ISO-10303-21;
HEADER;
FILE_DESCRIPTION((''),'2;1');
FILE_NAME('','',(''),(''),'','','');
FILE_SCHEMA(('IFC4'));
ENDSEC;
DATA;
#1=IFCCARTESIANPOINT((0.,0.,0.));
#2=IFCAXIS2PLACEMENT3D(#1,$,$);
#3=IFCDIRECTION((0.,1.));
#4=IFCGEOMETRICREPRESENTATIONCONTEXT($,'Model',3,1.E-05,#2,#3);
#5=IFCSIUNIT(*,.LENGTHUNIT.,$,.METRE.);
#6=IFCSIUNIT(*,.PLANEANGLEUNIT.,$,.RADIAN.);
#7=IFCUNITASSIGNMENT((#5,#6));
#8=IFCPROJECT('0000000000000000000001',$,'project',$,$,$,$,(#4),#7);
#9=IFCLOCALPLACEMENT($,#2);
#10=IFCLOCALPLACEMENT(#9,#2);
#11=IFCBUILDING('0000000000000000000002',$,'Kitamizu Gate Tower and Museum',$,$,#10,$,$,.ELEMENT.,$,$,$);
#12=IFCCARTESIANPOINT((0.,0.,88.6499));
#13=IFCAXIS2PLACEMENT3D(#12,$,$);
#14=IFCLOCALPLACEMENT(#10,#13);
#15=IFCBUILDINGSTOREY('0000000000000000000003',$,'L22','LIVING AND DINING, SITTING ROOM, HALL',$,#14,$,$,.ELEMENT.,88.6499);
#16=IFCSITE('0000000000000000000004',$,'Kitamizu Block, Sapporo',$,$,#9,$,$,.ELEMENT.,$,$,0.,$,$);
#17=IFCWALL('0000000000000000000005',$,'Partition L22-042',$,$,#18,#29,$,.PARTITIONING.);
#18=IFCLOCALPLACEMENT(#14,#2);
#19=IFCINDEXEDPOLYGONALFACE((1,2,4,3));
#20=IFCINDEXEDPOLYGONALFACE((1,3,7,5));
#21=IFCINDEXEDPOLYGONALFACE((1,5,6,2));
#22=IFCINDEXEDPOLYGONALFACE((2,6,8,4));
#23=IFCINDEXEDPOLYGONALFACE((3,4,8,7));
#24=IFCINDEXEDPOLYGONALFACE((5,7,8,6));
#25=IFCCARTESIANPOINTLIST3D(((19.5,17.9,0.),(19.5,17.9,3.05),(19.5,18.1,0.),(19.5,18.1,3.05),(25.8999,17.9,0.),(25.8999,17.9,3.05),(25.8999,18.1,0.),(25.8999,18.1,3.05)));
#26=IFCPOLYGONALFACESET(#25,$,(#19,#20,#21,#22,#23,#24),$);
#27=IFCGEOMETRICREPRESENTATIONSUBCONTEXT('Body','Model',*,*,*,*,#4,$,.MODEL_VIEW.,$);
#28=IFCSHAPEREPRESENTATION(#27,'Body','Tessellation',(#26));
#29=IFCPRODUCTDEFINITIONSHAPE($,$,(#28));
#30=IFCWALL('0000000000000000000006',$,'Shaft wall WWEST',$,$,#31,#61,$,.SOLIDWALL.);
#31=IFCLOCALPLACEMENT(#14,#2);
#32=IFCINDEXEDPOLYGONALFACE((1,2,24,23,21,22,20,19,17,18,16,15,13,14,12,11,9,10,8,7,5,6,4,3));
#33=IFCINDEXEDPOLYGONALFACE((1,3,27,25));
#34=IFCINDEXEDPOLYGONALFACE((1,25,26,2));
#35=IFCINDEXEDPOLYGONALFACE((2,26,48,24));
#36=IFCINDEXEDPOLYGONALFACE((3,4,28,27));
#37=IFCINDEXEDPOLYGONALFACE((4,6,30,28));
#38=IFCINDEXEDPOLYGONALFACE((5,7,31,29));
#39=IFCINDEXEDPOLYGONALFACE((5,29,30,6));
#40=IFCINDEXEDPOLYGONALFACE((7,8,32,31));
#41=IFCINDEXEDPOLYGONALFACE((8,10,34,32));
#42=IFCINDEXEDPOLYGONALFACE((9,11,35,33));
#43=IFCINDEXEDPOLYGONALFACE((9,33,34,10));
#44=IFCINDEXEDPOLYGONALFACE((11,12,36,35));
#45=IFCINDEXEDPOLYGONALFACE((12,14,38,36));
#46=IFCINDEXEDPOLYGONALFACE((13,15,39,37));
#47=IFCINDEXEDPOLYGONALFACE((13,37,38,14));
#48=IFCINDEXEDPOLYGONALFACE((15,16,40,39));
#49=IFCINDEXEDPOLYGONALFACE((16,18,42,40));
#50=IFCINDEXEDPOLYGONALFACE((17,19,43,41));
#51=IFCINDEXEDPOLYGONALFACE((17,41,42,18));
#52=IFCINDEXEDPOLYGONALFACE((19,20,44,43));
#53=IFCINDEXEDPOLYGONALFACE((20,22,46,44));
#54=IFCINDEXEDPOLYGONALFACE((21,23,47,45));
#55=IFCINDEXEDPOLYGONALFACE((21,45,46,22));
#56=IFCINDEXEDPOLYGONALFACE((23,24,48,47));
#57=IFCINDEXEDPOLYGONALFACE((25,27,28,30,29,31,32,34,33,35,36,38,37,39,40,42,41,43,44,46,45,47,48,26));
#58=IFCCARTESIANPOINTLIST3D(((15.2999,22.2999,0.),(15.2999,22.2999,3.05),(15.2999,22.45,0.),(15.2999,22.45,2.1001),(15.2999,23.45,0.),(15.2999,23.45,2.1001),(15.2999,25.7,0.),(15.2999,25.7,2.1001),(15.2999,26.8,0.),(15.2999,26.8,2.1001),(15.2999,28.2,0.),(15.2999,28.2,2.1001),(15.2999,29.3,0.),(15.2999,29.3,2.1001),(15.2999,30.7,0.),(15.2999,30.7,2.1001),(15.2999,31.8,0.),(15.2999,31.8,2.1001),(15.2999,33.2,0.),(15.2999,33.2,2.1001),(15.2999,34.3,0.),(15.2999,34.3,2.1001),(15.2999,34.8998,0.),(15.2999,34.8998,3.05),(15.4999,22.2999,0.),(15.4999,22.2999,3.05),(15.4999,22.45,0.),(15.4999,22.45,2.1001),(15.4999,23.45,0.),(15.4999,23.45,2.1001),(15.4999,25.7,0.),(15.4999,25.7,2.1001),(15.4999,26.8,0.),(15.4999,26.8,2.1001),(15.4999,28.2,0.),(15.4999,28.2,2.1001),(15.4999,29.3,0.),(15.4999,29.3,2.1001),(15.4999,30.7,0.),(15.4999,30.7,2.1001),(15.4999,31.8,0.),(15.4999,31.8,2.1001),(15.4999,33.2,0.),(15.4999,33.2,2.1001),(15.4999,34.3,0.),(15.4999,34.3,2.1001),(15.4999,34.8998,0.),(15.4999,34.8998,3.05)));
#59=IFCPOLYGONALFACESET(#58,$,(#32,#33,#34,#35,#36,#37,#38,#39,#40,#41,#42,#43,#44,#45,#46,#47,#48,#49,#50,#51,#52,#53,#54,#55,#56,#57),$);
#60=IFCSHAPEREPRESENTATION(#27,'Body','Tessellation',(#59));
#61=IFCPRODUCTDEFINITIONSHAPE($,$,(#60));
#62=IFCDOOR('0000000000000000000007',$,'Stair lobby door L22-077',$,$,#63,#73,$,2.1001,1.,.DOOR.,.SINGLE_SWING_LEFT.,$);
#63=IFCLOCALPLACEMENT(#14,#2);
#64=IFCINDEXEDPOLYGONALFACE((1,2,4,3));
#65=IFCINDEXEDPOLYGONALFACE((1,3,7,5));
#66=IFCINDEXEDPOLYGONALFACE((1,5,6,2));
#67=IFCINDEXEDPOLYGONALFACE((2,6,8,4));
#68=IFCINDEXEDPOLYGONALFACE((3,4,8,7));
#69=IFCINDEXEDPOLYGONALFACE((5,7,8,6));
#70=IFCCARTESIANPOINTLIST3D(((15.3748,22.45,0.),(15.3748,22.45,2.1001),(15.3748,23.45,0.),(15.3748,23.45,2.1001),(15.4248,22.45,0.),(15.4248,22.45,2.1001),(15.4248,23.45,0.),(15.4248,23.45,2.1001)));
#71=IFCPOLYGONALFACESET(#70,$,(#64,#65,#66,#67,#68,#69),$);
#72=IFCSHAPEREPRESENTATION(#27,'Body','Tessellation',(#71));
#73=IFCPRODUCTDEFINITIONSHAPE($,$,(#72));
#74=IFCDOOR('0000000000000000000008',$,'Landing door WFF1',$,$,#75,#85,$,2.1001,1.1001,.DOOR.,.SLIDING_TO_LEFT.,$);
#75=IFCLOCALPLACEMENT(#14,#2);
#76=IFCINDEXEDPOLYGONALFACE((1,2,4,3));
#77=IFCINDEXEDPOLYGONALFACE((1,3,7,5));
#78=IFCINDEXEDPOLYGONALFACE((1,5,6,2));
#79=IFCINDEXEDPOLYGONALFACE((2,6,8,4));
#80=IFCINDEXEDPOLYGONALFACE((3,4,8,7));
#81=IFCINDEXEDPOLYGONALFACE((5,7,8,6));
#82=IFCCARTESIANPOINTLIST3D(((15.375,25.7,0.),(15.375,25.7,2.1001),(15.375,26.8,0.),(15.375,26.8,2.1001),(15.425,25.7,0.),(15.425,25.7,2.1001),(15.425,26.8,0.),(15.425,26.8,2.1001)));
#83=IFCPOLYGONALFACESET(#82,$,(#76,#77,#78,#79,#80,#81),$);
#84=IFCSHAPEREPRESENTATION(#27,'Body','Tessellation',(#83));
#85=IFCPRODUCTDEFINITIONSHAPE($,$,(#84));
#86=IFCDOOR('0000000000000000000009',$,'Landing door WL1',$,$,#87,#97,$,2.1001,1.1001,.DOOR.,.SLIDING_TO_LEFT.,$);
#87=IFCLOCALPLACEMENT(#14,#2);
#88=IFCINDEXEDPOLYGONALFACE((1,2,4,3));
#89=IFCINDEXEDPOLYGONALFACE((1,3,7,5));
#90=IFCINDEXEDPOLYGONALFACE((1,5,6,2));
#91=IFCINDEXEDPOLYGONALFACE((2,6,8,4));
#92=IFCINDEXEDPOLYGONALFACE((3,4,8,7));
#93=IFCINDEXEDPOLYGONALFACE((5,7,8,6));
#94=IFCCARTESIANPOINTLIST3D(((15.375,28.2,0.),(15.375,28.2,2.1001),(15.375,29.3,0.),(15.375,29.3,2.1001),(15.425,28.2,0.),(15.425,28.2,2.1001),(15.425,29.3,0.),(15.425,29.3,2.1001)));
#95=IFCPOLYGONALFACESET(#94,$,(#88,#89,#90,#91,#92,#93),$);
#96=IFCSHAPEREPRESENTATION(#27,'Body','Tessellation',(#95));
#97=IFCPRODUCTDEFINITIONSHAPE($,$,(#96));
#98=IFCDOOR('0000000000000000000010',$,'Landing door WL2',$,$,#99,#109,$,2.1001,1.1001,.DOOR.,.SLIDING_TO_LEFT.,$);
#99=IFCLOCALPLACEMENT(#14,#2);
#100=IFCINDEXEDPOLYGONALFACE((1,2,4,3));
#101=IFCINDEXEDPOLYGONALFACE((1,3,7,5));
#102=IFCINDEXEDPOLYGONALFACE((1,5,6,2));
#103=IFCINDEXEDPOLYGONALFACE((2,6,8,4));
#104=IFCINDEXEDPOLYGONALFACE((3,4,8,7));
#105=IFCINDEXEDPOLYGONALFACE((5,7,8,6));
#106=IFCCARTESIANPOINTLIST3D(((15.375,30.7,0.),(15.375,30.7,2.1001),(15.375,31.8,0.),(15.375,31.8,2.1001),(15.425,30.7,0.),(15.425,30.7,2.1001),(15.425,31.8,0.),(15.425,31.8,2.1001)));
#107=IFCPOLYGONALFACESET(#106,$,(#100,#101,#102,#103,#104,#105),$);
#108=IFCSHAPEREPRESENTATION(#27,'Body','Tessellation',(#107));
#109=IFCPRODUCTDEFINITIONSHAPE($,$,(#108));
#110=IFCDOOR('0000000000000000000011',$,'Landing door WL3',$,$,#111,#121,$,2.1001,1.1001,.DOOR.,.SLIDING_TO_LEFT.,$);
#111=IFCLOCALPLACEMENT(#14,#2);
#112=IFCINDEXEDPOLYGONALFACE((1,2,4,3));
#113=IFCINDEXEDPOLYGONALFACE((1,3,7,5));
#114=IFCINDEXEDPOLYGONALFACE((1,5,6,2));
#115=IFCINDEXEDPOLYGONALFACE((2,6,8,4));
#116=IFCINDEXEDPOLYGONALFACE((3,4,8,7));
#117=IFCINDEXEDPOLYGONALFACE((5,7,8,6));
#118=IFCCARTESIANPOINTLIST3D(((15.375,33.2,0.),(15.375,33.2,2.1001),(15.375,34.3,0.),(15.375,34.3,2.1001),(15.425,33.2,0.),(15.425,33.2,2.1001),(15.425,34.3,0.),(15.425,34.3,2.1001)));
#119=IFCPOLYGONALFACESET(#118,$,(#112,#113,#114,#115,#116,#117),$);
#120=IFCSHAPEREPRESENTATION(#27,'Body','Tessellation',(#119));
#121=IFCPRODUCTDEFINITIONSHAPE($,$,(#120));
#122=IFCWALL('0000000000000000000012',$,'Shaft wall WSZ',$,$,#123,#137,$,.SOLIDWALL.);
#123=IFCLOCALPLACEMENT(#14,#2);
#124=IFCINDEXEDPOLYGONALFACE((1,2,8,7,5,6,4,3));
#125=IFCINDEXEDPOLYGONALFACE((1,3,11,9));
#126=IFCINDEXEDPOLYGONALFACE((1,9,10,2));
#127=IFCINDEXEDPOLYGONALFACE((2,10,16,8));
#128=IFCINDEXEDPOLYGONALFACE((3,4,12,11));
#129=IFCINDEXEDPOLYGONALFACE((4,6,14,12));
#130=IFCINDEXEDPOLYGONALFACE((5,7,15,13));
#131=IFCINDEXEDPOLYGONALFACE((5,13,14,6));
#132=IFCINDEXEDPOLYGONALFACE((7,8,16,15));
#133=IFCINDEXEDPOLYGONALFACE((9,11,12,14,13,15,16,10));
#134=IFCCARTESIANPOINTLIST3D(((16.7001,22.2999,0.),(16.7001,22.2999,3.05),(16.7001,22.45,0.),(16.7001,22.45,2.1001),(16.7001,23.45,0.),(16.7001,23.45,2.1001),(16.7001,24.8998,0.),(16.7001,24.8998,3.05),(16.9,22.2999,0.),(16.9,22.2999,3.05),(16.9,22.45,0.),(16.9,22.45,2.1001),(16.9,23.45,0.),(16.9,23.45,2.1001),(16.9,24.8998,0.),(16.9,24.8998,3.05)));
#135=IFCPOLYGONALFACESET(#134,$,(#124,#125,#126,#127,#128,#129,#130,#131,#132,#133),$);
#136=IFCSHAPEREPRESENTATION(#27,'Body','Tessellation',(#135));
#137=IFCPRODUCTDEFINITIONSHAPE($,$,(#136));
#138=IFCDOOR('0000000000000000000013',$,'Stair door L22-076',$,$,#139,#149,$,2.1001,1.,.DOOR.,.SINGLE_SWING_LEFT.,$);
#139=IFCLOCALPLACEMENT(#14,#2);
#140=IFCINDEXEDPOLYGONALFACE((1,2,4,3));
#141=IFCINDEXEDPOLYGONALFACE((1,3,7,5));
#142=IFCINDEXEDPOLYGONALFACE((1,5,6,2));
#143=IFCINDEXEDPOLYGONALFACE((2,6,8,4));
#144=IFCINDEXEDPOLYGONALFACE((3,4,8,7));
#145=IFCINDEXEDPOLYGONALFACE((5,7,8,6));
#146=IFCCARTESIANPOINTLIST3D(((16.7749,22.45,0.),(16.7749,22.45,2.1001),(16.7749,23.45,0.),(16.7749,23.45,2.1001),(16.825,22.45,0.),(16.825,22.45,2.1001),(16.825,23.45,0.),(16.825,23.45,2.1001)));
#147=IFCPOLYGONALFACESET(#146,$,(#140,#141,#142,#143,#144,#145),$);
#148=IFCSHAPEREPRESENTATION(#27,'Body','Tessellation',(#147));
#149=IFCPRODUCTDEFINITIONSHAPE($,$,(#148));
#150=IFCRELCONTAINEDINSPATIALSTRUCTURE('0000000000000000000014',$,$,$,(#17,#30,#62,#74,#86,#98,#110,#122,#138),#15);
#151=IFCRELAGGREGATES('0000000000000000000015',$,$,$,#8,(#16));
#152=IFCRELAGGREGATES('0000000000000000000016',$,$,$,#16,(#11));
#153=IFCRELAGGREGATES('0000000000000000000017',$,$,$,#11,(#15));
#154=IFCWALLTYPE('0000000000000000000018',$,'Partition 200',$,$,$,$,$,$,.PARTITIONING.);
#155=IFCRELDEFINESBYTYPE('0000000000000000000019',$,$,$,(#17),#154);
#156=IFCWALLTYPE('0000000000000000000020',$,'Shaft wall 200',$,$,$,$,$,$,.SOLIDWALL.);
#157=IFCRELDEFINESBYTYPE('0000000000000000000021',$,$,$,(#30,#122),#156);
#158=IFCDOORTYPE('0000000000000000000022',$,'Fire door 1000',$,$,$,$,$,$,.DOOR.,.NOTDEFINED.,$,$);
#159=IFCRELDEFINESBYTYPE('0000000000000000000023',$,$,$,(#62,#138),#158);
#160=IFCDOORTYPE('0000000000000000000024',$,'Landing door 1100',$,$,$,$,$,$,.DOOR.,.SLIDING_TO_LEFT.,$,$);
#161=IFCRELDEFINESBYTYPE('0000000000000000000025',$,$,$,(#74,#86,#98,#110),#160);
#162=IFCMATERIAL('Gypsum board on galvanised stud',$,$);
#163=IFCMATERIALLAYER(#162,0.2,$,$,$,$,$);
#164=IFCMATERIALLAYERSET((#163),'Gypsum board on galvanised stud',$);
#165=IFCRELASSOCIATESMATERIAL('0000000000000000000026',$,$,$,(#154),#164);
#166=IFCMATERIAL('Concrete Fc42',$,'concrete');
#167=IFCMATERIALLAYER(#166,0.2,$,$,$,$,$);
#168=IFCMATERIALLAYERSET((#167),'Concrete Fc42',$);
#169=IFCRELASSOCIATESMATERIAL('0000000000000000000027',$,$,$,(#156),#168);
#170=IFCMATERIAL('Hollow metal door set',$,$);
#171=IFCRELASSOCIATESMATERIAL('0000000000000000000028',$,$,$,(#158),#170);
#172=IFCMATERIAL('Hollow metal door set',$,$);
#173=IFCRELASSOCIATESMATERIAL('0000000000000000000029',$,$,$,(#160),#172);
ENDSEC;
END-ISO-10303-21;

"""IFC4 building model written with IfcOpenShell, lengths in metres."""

from ifc_helpers import new_model, si_unit, direction, frame, frame_2d, origin, place, context, subcontext, project, spatial, rectangle, extrude, material, layer, layer_set, type_object, element, fill, save


model = new_model("IFC4")

# Units and contexts
model_context = context("Model", 3, precision=1e-05, world=origin(), true_north=direction((0.0, 1.0)))
body_context = subcontext(model_context, "Body", "Model", "MODEL_VIEW")
ifc_project = project(units=[si_unit("LENGTHUNIT", "METRE"), si_unit("PLANEANGLEUNIT", "RADIAN")], contexts=[model_context])

# Site, building, storey
site_placement = place(None, origin())
site = spatial("IfcSite", under=ifc_project, at=site_placement, Name="Kitamizu Block, Sapporo", CompositionType="ELEMENT", RefElevation=0.0)
building_placement = place(site_placement, origin())
building = spatial("IfcBuilding", under=site, at=building_placement, Name="Kitamizu Gate Tower and Museum", CompositionType="ELEMENT")
storey_placement = place(building_placement, frame((0.0, 0.0, 88.6499)))
storey = spatial("IfcBuildingStorey", under=building, at=storey_placement, Name="L22", Description="LIVING AND DINING, SITTING ROOM, HALL", CompositionType="ELEMENT", Elevation=88.6499)

# Shared definitions
ifc_material_1 = material(Name="Gypsum board on galvanised stud")
ifc_layer_1 = layer(ifc_material_1, 0.2)
ifc_layer_set_1 = layer_set([ifc_layer_1], Name="Gypsum board on galvanised stud")
wall_type_1 = type_object("IfcWallType", Name="Partition 200", PredefinedType="PARTITIONING", material=ifc_layer_set_1)

# Wall
wall_1_placement = place(storey_placement, frame((25.8999, 18.0, 0.0), z_axis=(0.0, 0.0, 1.0), x_axis=(-1.0, 0.0, 0.0)))
element("IfcWall", 1, at=wall_1_placement, inside=storey, type_object=wall_type_1, Name="Partition L22-042", PredefinedType="PARTITIONING", context=body_context, shape_type="SweptSolid", body=[
    extrude(rectangle(XDim=6.3999, YDim=0.2, at=frame_2d((3.2, 0.0))), origin(), (0.0, 0.0, 1.0), 3.05),
])

# Wall, openings, doors
ifc_material_2 = material(Name="Concrete Fc42", Category="concrete")
ifc_layer_2 = layer(ifc_material_2, 0.2)
ifc_layer_set_2 = layer_set([ifc_layer_2], Name="Concrete Fc42")
wall_type_2 = type_object("IfcWallType", Name="Shaft wall 200", PredefinedType="SOLIDWALL", material=ifc_layer_set_2)
wall_2_placement = place(storey_placement, frame((15.3999, 22.3, 0.0), z_axis=(0.0, 0.0, 1.0), x_axis=(0.0, 1.0, 0.0)))
wall_2 = element("IfcWall", 2, at=wall_2_placement, inside=storey, type_object=wall_type_2, Name="Shaft wall WWEST", PredefinedType="SOLIDWALL", context=body_context, shape_type="SweptSolid", body=[
    extrude(rectangle(XDim=12.5999, YDim=0.2, at=frame_2d((6.2998, 0.0))), origin(), (0.0, 0.0, 1.0), 3.05),
])
opening_1_placement = place(wall_2_placement, frame((3.3999, 0.0, 0.0)))
opening_1 = element("IfcOpeningElement", 3, at=opening_1_placement, cuts=wall_2, PredefinedType="OPENING", context=body_context, shape_type="SweptSolid", body=[
    extrude(rectangle(XDim=1.1001, YDim=2.1001, at=frame_2d((0.55, 1.05))), frame((0.0, 0.1099, 0.0), z_axis=(0.0, -1.0, 0.0), x_axis=(1.0, 0.0, 0.0)), (0.0, 0.0, 1.0), 0.22),
])
opening_2_placement = place(wall_2_placement, frame((5.8999, 0.0, 0.0)))
opening_2 = element("IfcOpeningElement", 4, at=opening_2_placement, cuts=wall_2, PredefinedType="OPENING", context=body_context, shape_type="SweptSolid", body=[
    extrude(rectangle(XDim=1.1001, YDim=2.1001, at=frame_2d((0.55, 1.05))), frame((0.0, 0.1099, 0.0), z_axis=(0.0, -1.0, 0.0), x_axis=(1.0, 0.0, 0.0)), (0.0, 0.0, 1.0), 0.22),
])
opening_3_placement = place(wall_2_placement, frame((8.3999, 0.0, 0.0)))
opening_3 = element("IfcOpeningElement", 5, at=opening_3_placement, cuts=wall_2, PredefinedType="OPENING", context=body_context, shape_type="SweptSolid", body=[
    extrude(rectangle(XDim=1.1001, YDim=2.1001, at=frame_2d((0.55, 1.05))), frame((0.0, 0.1099, 0.0), z_axis=(0.0, -1.0, 0.0), x_axis=(1.0, 0.0, 0.0)), (0.0, 0.0, 1.0), 0.22),
])
opening_4_placement = place(wall_2_placement, frame((10.8999, 0.0, 0.0)))
opening_4 = element("IfcOpeningElement", 6, at=opening_4_placement, cuts=wall_2, PredefinedType="OPENING", context=body_context, shape_type="SweptSolid", body=[
    extrude(rectangle(XDim=1.1001, YDim=2.1001, at=frame_2d((0.55, 1.05))), frame((0.0, 0.1099, 0.0), z_axis=(0.0, -1.0, 0.0), x_axis=(1.0, 0.0, 0.0)), (0.0, 0.0, 1.0), 0.22),
])
opening_5_placement = place(wall_2_placement, frame((0.1499, 0.0, 0.0)))
opening_5 = element("IfcOpeningElement", 7, at=opening_5_placement, cuts=wall_2, PredefinedType="OPENING", context=body_context, shape_type="SweptSolid", body=[
    extrude(rectangle(XDim=1.0, YDim=2.1001, at=frame_2d((0.5, 1.05))), frame((0.0, 0.1099, 0.0), z_axis=(0.0, -1.0, 0.0), x_axis=(1.0, 0.0, 0.0)), (0.0, 0.0, 1.0), 0.22),
])
ifc_material_3 = material(Name="Hollow metal door set")
door_type_1 = type_object("IfcDoorType", Name="Fire door 1000", OperationType="NOTDEFINED", PredefinedType="DOOR", material=ifc_material_3)
door_1_placement = place(opening_5_placement, frame((1.0, 0.0, 0.0), x_axis=(-1.0, 0.0, 0.0)))
door_1 = element("IfcDoor", 8, at=door_1_placement, inside=storey, type_object=door_type_1, Name="Stair lobby door L22-077", OperationType="SINGLE_SWING_LEFT", OverallHeight=2.1001, OverallWidth=1.0, PredefinedType="DOOR", context=body_context, shape_type="SweptSolid", body=[
    extrude(rectangle(XDim=1.0, YDim=2.1001, at=frame_2d((0.5, 1.05))), frame((0.0, 0.0249, 0.0), z_axis=(0.0, -1.0, 0.0), x_axis=(1.0, 0.0, 0.0)), (0.0, 0.0, 1.0), 0.05),
])
fill(opening_5, door_1)
ifc_material_4 = material(Name="Hollow metal door set")
door_type_2 = type_object("IfcDoorType", Name="Landing door 1100", OperationType="SLIDING_TO_LEFT", PredefinedType="DOOR", material=ifc_material_4)
door_2_placement = place(opening_1_placement, origin())
door_2 = element("IfcDoor", 9, at=door_2_placement, inside=storey, type_object=door_type_2, Name="Landing door WFF1", OperationType="SLIDING_TO_LEFT", OverallHeight=2.1001, OverallWidth=1.1001, PredefinedType="DOOR", context=body_context, shape_type="SweptSolid", body=[
    extrude(rectangle(XDim=1.1001, YDim=2.1001, at=frame_2d((0.55, 1.05))), frame((0.0, 0.0249, 0.0), z_axis=(0.0, -1.0, 0.0), x_axis=(1.0, 0.0, 0.0)), (0.0, 0.0, 1.0), 0.05),
])
fill(opening_1, door_2)
door_3_placement = place(opening_2_placement, origin())
door_3 = element("IfcDoor", 10, at=door_3_placement, inside=storey, type_object=door_type_2, Name="Landing door WL1", OperationType="SLIDING_TO_LEFT", OverallHeight=2.1001, OverallWidth=1.1001, PredefinedType="DOOR", context=body_context, shape_type="SweptSolid", body=[
    extrude(rectangle(XDim=1.1001, YDim=2.1001, at=frame_2d((0.55, 1.05))), frame((0.0, 0.0249, 0.0), z_axis=(0.0, -1.0, 0.0), x_axis=(1.0, 0.0, 0.0)), (0.0, 0.0, 1.0), 0.05),
])
fill(opening_2, door_3)
door_4_placement = place(opening_3_placement, origin())
door_4 = element("IfcDoor", 11, at=door_4_placement, inside=storey, type_object=door_type_2, Name="Landing door WL2", OperationType="SLIDING_TO_LEFT", OverallHeight=2.1001, OverallWidth=1.1001, PredefinedType="DOOR", context=body_context, shape_type="SweptSolid", body=[
    extrude(rectangle(XDim=1.1001, YDim=2.1001, at=frame_2d((0.55, 1.05))), frame((0.0, 0.0249, 0.0), z_axis=(0.0, -1.0, 0.0), x_axis=(1.0, 0.0, 0.0)), (0.0, 0.0, 1.0), 0.05),
])
fill(opening_3, door_4)
door_5_placement = place(opening_4_placement, origin())
door_5 = element("IfcDoor", 12, at=door_5_placement, inside=storey, type_object=door_type_2, Name="Landing door WL3", OperationType="SLIDING_TO_LEFT", OverallHeight=2.1001, OverallWidth=1.1001, PredefinedType="DOOR", context=body_context, shape_type="SweptSolid", body=[
    extrude(rectangle(XDim=1.1001, YDim=2.1001, at=frame_2d((0.55, 1.05))), frame((0.0, 0.0249, 0.0), z_axis=(0.0, -1.0, 0.0), x_axis=(1.0, 0.0, 0.0)), (0.0, 0.0, 1.0), 0.05),
])
fill(opening_4, door_5)

# Wall, opening, door
wall_3_placement = place(storey_placement, frame((16.8, 22.3, 0.0), z_axis=(0.0, 0.0, 1.0), x_axis=(0.0, 1.0, 0.0)))
wall_3 = element("IfcWall", 13, at=wall_3_placement, inside=storey, type_object=wall_type_2, Name="Shaft wall WSZ", PredefinedType="SOLIDWALL", context=body_context, shape_type="SweptSolid", body=[
    extrude(rectangle(XDim=2.5999, YDim=0.2, at=frame_2d((1.2998, 0.0))), origin(), (0.0, 0.0, 1.0), 3.05),
])
opening_6_placement = place(wall_3_placement, frame((0.1499, 0.0, 0.0)))
opening_6 = element("IfcOpeningElement", 14, at=opening_6_placement, cuts=wall_3, PredefinedType="OPENING", context=body_context, shape_type="SweptSolid", body=[
    extrude(rectangle(XDim=1.0, YDim=2.1001, at=frame_2d((0.5, 1.05))), frame((0.0, 0.1099, 0.0), z_axis=(0.0, -1.0, 0.0), x_axis=(1.0, 0.0, 0.0)), (0.0, 0.0, 1.0), 0.22),
])
door_6_placement = place(opening_6_placement, frame((1.0, 0.0, 0.0), x_axis=(-1.0, 0.0, 0.0)))
door_6 = element("IfcDoor", 15, at=door_6_placement, inside=storey, type_object=door_type_1, Name="Stair door L22-076", OperationType="SINGLE_SWING_LEFT", OverallHeight=2.1001, OverallWidth=1.0, PredefinedType="DOOR", context=body_context, shape_type="SweptSolid", body=[
    extrude(rectangle(XDim=1.0, YDim=2.1001, at=frame_2d((0.5, 1.05))), frame((0.0, 0.0249, 0.0), z_axis=(0.0, -1.0, 0.0), x_axis=(1.0, 0.0, 0.0)), (0.0, 0.0, 1.0), 0.05),
])
fill(opening_6, door_6)

save(model, "model.ifc")
